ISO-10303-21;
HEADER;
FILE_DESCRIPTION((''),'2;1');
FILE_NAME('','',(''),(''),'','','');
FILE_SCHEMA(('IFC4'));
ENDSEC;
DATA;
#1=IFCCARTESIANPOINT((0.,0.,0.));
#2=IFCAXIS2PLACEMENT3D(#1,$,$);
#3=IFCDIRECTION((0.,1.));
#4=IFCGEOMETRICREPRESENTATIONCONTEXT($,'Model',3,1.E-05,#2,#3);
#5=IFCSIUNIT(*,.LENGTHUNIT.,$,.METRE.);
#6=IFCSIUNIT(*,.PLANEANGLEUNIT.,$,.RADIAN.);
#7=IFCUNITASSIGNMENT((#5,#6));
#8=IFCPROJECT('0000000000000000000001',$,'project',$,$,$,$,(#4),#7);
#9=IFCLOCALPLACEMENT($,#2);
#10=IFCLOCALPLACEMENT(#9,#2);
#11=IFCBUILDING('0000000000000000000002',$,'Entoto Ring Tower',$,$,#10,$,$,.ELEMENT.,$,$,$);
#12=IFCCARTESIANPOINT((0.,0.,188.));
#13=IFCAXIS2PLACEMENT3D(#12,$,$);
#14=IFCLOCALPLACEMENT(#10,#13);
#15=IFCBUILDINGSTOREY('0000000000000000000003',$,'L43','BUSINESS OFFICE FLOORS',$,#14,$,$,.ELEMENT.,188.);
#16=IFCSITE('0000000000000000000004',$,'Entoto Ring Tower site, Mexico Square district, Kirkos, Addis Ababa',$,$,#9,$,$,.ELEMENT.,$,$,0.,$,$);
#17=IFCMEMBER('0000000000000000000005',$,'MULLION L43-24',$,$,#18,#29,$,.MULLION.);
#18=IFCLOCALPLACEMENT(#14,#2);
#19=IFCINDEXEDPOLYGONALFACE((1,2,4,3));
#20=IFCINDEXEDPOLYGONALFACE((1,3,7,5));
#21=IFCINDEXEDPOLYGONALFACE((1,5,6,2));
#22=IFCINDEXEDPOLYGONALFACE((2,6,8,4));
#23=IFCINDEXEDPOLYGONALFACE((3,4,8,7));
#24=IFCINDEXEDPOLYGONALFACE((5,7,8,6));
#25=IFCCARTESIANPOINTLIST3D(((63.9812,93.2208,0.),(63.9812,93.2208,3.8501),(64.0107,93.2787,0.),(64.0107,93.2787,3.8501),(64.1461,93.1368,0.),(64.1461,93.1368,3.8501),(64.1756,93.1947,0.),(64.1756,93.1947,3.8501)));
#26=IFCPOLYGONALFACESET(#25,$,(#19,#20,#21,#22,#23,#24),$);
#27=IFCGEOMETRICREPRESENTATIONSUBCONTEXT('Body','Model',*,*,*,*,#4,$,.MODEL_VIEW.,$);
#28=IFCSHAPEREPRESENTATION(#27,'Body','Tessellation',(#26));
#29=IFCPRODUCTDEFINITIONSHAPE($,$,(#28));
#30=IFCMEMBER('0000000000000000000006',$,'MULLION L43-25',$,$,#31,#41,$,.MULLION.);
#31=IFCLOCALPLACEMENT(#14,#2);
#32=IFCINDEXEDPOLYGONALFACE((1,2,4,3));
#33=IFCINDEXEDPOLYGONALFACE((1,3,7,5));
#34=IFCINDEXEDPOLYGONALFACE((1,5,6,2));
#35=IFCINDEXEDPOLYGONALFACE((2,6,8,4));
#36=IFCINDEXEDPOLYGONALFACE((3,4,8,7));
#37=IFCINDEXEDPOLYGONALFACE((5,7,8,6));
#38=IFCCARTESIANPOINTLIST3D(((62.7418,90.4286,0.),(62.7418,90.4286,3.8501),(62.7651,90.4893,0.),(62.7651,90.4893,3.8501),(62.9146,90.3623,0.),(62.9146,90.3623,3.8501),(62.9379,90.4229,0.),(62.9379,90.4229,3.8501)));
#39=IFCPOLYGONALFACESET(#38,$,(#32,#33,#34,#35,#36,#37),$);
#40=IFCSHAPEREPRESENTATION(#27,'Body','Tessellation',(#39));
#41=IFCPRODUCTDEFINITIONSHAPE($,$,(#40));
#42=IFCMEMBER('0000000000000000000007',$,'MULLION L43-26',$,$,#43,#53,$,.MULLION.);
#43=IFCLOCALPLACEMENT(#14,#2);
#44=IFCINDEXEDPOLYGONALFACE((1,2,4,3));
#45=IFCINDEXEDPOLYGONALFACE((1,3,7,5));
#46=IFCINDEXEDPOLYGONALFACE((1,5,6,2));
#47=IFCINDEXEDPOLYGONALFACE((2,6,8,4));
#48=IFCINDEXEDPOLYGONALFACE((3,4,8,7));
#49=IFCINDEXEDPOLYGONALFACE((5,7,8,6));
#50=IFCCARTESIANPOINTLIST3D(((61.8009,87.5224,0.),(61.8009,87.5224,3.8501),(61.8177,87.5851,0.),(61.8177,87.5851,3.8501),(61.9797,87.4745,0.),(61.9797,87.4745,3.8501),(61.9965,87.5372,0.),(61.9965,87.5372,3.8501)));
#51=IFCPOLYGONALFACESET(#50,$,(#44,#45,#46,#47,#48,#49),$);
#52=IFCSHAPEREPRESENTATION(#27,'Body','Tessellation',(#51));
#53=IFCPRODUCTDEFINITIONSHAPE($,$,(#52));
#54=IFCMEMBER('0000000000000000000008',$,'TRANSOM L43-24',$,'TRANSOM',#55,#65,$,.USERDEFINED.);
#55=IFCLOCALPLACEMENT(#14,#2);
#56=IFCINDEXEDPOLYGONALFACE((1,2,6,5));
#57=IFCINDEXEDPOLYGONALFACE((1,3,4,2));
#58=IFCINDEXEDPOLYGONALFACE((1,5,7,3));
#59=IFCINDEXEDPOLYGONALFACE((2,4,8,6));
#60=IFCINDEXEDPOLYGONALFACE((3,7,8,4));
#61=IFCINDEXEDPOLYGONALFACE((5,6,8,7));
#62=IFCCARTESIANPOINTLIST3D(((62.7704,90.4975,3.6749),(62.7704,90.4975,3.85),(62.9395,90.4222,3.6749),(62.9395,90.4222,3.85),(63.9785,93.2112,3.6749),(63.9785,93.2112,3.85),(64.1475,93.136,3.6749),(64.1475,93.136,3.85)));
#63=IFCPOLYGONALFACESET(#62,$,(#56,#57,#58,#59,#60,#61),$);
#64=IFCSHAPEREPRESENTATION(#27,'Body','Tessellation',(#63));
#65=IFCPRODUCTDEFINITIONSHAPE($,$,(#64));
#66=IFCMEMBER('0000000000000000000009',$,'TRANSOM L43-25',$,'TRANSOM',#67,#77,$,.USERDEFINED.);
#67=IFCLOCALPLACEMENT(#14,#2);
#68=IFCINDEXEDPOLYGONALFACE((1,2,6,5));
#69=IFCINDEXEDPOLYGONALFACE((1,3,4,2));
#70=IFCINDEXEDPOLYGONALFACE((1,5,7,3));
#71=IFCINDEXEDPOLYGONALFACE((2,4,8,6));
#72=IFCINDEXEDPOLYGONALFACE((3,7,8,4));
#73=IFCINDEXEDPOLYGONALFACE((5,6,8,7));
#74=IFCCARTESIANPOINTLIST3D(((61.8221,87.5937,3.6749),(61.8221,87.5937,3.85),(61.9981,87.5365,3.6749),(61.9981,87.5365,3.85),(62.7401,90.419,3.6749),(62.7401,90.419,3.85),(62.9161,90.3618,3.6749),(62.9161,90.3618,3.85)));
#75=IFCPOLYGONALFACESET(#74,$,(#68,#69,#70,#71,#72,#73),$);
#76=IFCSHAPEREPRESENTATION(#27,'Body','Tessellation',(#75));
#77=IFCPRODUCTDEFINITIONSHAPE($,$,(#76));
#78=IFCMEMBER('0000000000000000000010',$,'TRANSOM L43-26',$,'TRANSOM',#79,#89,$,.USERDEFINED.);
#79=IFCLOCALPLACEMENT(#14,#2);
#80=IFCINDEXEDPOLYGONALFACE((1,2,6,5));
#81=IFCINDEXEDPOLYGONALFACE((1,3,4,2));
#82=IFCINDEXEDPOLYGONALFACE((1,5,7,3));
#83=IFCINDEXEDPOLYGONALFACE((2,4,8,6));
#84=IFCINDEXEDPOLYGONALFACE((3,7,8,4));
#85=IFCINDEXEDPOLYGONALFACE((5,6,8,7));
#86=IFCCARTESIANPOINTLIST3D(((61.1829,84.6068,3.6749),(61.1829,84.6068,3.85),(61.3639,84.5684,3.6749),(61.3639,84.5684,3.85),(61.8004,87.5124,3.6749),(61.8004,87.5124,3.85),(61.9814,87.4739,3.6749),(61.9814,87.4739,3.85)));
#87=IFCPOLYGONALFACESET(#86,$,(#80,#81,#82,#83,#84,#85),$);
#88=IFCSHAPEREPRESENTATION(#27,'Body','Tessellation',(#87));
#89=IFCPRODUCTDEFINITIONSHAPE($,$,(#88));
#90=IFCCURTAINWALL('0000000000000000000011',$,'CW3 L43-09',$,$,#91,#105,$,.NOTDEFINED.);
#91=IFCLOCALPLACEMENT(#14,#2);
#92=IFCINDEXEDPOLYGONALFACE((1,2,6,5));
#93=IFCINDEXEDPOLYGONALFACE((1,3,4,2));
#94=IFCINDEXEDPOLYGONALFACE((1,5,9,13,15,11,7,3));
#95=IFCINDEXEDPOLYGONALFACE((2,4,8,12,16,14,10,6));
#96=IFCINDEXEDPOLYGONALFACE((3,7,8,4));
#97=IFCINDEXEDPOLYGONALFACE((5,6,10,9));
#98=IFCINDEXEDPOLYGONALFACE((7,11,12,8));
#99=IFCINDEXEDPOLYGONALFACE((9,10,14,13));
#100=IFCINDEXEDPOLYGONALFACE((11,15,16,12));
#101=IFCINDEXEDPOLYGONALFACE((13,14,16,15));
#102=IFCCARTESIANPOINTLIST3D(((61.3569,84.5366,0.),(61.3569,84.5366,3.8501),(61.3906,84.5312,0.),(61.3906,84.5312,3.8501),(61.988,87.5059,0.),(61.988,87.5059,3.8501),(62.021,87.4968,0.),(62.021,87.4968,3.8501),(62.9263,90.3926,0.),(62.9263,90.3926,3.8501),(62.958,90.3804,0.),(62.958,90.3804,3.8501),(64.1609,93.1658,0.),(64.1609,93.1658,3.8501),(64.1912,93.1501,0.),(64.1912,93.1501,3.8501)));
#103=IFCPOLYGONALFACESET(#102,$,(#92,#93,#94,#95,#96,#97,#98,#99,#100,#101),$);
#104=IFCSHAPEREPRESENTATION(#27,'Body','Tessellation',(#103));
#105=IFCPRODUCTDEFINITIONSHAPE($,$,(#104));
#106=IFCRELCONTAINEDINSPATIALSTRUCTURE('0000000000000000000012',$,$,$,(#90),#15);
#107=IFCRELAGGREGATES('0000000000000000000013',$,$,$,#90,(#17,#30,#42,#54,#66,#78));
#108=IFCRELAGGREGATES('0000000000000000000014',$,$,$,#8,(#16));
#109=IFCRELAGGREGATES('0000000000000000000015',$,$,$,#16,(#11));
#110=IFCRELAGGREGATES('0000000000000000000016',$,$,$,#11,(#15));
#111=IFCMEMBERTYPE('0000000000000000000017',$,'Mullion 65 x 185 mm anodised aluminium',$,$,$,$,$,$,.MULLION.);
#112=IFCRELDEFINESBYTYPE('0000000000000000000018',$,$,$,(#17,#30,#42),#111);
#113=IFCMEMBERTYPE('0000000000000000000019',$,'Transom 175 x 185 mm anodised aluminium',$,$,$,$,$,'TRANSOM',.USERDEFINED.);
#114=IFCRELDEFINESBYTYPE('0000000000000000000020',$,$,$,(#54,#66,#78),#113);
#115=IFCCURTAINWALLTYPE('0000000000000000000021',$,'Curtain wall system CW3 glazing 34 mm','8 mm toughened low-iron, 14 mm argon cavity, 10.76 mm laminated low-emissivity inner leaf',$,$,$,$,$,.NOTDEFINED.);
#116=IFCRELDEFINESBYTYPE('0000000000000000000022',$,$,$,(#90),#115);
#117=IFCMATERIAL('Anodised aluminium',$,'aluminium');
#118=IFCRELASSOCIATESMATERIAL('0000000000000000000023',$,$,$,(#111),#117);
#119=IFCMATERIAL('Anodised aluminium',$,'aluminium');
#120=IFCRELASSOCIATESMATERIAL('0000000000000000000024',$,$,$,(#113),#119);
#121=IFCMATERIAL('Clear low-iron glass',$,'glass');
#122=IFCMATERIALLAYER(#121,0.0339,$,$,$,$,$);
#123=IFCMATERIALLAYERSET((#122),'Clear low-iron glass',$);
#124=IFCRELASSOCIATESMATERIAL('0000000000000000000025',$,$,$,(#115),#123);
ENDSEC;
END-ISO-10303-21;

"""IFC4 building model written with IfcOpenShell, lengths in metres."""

from ifc_helpers import new_model, si_unit, direction, frame, origin, origin_2d, place, context, subcontext, project, spatial, polyline, rectangle, outline, extrude, material, layer, layer_set, material_profile, profile_set, type_object, element, aggregate, save


model = new_model("IFC4")

# Units and contexts
model_context = context("Model", 3, precision=1e-05, world=origin(), true_north=direction((0.0, 1.0)))
body_context = subcontext(model_context, "Body", "Model", "MODEL_VIEW")
ifc_project = project(units=[si_unit("LENGTHUNIT", "METRE"), si_unit("PLANEANGLEUNIT", "RADIAN")], contexts=[model_context])

# Members
ifc_material_1 = material(Name="Anodised aluminium", Category="aluminium")
ifc_material_profile_1 = material_profile(ifc_material_1, rectangle(XDim=0.0649, YDim=0.1851, at=origin_2d()), Name="Mullion 65 x 185 mm anodised aluminium")
ifc_profile_set_1 = profile_set([ifc_material_profile_1], Name="Anodised aluminium")
member_type_1 = type_object("IfcMemberType", Name="Mullion 65 x 185 mm anodised aluminium", PredefinedType="MULLION", material=ifc_profile_set_1)
site_placement = place(None, origin())
building_placement = place(site_placement, origin())
storey_placement = place(building_placement, frame((0.0, 0.0, 188.0)))
member_1_placement = place(storey_placement, frame((64.0784, 93.2078, 0.0), z_axis=(0.0, 0.0, 1.0), x_axis=(-0.45399, -0.891007, 0.0)))
member_1 = element("IfcMember", 1, at=member_1_placement, type_object=member_type_1, Name="MULLION L43-24", PredefinedType="MULLION", context=body_context, shape_type="SweptSolid", body=[
    extrude(rectangle(XDim=0.0649, YDim=0.1851, at=origin_2d()), origin(), (0.0, 0.0, 1.0), 3.8501),
])
member_2_placement = place(storey_placement, frame((62.8398, 90.4258, 0.0), z_axis=(0.0, 0.0, 1.0), x_axis=(-0.358368, -0.93358, 0.0)))
member_2 = element("IfcMember", 2, at=member_2_placement, type_object=member_type_1, Name="MULLION L43-25", PredefinedType="MULLION", context=body_context, shape_type="SweptSolid", body=[
    extrude(rectangle(XDim=0.0649, YDim=0.1851, at=origin_2d()), origin(), (0.0, 0.0, 1.0), 3.8501),
])
member_3_placement = place(storey_placement, frame((61.8987, 87.5298, 0.0), z_axis=(0.0, 0.0, 1.0), x_axis=(-0.258819, -0.965926, 0.0)))
member_3 = element("IfcMember", 3, at=member_3_placement, type_object=member_type_1, Name="MULLION L43-26", PredefinedType="MULLION", context=body_context, shape_type="SweptSolid", body=[
    extrude(rectangle(XDim=0.0649, YDim=0.1851, at=origin_2d()), origin(), (0.0, 0.0, 1.0), 3.8501),
])
ifc_material_2 = material(Name="Anodised aluminium", Category="aluminium")
ifc_material_profile_2 = material_profile(ifc_material_2, rectangle(XDim=0.1851, YDim=0.175, at=origin_2d()), Name="Transom 175 x 185 mm anodised aluminium")
ifc_profile_set_2 = profile_set([ifc_material_profile_2], Name="Anodised aluminium")
member_type_2 = type_object("IfcMemberType", Name="Transom 175 x 185 mm anodised aluminium", ElementType="TRANSOM", PredefinedType="USERDEFINED", material=ifc_profile_set_2)
member_4_placement = place(storey_placement, frame((64.063, 93.1736, 3.7625), z_axis=(-0.406687, -0.913567, 0.0), x_axis=(0.913567, -0.406687, 0.0)))
member_4 = element("IfcMember", 4, at=member_4_placement, type_object=member_type_2, Name="TRANSOM L43-24", ObjectType="TRANSOM", PredefinedType="USERDEFINED", context=body_context, shape_type="SweptSolid", body=[
    extrude(rectangle(XDim=0.1851, YDim=0.175, at=origin_2d()), origin(), (0.0, 0.0, 1.0), 2.9705),
])
member_5_placement = place(storey_placement, frame((62.8281, 90.3904, 3.7625), z_axis=(-0.309019, -0.951056, 0.0), x_axis=(0.951056, -0.309019, 0.0)))
member_5 = element("IfcMember", 5, at=member_5_placement, type_object=member_type_2, Name="TRANSOM L43-25", ObjectType="TRANSOM", PredefinedType="USERDEFINED", context=body_context, shape_type="SweptSolid", body=[
    extrude(rectangle(XDim=0.1851, YDim=0.175, at=origin_2d()), origin(), (0.0, 0.0, 1.0), 2.9707),
])
member_6_placement = place(storey_placement, frame((61.8909, 87.4932, 3.7625), z_axis=(-0.207862, -0.978158, 0.0), x_axis=(0.978158, -0.207862, 0.0)))
member_6 = element("IfcMember", 6, at=member_6_placement, type_object=member_type_2, Name="TRANSOM L43-26", ObjectType="TRANSOM", PredefinedType="USERDEFINED", context=body_context, shape_type="SweptSolid", body=[
    extrude(rectangle(XDim=0.1851, YDim=0.175, at=origin_2d()), origin(), (0.0, 0.0, 1.0), 2.9705),
])

# Site, building, storey
site = spatial("IfcSite", under=ifc_project, at=site_placement, Name="Entoto Ring Tower site, Mexico Square district, Kirkos, Addis Ababa", CompositionType="ELEMENT", RefElevation=0.0)
building = spatial("IfcBuilding", under=site, at=building_placement, Name="Entoto Ring Tower", CompositionType="ELEMENT")
storey = spatial("IfcBuildingStorey", under=building, at=storey_placement, Name="L43", Description="BUSINESS OFFICE FLOORS", CompositionType="ELEMENT", Elevation=188.0)

# Curtain wall
ifc_material_3 = material(Name="Clear low-iron glass", Category="glass")
ifc_layer = layer(ifc_material_3, 0.0339)
ifc_layer_set = layer_set([ifc_layer], Name="Clear low-iron glass")
curtain_wall_type = type_object("IfcCurtainWallType", Name="Curtain wall system CW3 glazing 34 mm", Description="8 mm toughened low-iron, 14 mm argon cavity, 10.76 mm laminated low-emissivity inner leaf", PredefinedType="NOTDEFINED", material=ifc_layer_set)
curtain_wall_1_placement = place(storey_placement, origin())
curtain_wall_1 = element("IfcCurtainWall", 7, at=curtain_wall_1_placement, inside=storey, type_object=curtain_wall_type, Name="CW3 L43-09", PredefinedType="NOTDEFINED", context=body_context, shape_type="SweptSolid", body=[
    extrude(outline(polyline([(64.1609, 93.1658), (62.9263, 90.3926), (61.988, 87.5059), (61.3569, 84.5366), (61.3906, 84.5312), (62.021, 87.4968), (62.958, 90.3804), (64.1912, 93.1501), (64.1609, 93.1658)])), origin(), (0.0, 0.0, 1.0), 3.8501),
])
aggregate(curtain_wall_1, [member_1, member_2, member_3, member_4, member_5, member_6])

save(model, "model.ifc")
